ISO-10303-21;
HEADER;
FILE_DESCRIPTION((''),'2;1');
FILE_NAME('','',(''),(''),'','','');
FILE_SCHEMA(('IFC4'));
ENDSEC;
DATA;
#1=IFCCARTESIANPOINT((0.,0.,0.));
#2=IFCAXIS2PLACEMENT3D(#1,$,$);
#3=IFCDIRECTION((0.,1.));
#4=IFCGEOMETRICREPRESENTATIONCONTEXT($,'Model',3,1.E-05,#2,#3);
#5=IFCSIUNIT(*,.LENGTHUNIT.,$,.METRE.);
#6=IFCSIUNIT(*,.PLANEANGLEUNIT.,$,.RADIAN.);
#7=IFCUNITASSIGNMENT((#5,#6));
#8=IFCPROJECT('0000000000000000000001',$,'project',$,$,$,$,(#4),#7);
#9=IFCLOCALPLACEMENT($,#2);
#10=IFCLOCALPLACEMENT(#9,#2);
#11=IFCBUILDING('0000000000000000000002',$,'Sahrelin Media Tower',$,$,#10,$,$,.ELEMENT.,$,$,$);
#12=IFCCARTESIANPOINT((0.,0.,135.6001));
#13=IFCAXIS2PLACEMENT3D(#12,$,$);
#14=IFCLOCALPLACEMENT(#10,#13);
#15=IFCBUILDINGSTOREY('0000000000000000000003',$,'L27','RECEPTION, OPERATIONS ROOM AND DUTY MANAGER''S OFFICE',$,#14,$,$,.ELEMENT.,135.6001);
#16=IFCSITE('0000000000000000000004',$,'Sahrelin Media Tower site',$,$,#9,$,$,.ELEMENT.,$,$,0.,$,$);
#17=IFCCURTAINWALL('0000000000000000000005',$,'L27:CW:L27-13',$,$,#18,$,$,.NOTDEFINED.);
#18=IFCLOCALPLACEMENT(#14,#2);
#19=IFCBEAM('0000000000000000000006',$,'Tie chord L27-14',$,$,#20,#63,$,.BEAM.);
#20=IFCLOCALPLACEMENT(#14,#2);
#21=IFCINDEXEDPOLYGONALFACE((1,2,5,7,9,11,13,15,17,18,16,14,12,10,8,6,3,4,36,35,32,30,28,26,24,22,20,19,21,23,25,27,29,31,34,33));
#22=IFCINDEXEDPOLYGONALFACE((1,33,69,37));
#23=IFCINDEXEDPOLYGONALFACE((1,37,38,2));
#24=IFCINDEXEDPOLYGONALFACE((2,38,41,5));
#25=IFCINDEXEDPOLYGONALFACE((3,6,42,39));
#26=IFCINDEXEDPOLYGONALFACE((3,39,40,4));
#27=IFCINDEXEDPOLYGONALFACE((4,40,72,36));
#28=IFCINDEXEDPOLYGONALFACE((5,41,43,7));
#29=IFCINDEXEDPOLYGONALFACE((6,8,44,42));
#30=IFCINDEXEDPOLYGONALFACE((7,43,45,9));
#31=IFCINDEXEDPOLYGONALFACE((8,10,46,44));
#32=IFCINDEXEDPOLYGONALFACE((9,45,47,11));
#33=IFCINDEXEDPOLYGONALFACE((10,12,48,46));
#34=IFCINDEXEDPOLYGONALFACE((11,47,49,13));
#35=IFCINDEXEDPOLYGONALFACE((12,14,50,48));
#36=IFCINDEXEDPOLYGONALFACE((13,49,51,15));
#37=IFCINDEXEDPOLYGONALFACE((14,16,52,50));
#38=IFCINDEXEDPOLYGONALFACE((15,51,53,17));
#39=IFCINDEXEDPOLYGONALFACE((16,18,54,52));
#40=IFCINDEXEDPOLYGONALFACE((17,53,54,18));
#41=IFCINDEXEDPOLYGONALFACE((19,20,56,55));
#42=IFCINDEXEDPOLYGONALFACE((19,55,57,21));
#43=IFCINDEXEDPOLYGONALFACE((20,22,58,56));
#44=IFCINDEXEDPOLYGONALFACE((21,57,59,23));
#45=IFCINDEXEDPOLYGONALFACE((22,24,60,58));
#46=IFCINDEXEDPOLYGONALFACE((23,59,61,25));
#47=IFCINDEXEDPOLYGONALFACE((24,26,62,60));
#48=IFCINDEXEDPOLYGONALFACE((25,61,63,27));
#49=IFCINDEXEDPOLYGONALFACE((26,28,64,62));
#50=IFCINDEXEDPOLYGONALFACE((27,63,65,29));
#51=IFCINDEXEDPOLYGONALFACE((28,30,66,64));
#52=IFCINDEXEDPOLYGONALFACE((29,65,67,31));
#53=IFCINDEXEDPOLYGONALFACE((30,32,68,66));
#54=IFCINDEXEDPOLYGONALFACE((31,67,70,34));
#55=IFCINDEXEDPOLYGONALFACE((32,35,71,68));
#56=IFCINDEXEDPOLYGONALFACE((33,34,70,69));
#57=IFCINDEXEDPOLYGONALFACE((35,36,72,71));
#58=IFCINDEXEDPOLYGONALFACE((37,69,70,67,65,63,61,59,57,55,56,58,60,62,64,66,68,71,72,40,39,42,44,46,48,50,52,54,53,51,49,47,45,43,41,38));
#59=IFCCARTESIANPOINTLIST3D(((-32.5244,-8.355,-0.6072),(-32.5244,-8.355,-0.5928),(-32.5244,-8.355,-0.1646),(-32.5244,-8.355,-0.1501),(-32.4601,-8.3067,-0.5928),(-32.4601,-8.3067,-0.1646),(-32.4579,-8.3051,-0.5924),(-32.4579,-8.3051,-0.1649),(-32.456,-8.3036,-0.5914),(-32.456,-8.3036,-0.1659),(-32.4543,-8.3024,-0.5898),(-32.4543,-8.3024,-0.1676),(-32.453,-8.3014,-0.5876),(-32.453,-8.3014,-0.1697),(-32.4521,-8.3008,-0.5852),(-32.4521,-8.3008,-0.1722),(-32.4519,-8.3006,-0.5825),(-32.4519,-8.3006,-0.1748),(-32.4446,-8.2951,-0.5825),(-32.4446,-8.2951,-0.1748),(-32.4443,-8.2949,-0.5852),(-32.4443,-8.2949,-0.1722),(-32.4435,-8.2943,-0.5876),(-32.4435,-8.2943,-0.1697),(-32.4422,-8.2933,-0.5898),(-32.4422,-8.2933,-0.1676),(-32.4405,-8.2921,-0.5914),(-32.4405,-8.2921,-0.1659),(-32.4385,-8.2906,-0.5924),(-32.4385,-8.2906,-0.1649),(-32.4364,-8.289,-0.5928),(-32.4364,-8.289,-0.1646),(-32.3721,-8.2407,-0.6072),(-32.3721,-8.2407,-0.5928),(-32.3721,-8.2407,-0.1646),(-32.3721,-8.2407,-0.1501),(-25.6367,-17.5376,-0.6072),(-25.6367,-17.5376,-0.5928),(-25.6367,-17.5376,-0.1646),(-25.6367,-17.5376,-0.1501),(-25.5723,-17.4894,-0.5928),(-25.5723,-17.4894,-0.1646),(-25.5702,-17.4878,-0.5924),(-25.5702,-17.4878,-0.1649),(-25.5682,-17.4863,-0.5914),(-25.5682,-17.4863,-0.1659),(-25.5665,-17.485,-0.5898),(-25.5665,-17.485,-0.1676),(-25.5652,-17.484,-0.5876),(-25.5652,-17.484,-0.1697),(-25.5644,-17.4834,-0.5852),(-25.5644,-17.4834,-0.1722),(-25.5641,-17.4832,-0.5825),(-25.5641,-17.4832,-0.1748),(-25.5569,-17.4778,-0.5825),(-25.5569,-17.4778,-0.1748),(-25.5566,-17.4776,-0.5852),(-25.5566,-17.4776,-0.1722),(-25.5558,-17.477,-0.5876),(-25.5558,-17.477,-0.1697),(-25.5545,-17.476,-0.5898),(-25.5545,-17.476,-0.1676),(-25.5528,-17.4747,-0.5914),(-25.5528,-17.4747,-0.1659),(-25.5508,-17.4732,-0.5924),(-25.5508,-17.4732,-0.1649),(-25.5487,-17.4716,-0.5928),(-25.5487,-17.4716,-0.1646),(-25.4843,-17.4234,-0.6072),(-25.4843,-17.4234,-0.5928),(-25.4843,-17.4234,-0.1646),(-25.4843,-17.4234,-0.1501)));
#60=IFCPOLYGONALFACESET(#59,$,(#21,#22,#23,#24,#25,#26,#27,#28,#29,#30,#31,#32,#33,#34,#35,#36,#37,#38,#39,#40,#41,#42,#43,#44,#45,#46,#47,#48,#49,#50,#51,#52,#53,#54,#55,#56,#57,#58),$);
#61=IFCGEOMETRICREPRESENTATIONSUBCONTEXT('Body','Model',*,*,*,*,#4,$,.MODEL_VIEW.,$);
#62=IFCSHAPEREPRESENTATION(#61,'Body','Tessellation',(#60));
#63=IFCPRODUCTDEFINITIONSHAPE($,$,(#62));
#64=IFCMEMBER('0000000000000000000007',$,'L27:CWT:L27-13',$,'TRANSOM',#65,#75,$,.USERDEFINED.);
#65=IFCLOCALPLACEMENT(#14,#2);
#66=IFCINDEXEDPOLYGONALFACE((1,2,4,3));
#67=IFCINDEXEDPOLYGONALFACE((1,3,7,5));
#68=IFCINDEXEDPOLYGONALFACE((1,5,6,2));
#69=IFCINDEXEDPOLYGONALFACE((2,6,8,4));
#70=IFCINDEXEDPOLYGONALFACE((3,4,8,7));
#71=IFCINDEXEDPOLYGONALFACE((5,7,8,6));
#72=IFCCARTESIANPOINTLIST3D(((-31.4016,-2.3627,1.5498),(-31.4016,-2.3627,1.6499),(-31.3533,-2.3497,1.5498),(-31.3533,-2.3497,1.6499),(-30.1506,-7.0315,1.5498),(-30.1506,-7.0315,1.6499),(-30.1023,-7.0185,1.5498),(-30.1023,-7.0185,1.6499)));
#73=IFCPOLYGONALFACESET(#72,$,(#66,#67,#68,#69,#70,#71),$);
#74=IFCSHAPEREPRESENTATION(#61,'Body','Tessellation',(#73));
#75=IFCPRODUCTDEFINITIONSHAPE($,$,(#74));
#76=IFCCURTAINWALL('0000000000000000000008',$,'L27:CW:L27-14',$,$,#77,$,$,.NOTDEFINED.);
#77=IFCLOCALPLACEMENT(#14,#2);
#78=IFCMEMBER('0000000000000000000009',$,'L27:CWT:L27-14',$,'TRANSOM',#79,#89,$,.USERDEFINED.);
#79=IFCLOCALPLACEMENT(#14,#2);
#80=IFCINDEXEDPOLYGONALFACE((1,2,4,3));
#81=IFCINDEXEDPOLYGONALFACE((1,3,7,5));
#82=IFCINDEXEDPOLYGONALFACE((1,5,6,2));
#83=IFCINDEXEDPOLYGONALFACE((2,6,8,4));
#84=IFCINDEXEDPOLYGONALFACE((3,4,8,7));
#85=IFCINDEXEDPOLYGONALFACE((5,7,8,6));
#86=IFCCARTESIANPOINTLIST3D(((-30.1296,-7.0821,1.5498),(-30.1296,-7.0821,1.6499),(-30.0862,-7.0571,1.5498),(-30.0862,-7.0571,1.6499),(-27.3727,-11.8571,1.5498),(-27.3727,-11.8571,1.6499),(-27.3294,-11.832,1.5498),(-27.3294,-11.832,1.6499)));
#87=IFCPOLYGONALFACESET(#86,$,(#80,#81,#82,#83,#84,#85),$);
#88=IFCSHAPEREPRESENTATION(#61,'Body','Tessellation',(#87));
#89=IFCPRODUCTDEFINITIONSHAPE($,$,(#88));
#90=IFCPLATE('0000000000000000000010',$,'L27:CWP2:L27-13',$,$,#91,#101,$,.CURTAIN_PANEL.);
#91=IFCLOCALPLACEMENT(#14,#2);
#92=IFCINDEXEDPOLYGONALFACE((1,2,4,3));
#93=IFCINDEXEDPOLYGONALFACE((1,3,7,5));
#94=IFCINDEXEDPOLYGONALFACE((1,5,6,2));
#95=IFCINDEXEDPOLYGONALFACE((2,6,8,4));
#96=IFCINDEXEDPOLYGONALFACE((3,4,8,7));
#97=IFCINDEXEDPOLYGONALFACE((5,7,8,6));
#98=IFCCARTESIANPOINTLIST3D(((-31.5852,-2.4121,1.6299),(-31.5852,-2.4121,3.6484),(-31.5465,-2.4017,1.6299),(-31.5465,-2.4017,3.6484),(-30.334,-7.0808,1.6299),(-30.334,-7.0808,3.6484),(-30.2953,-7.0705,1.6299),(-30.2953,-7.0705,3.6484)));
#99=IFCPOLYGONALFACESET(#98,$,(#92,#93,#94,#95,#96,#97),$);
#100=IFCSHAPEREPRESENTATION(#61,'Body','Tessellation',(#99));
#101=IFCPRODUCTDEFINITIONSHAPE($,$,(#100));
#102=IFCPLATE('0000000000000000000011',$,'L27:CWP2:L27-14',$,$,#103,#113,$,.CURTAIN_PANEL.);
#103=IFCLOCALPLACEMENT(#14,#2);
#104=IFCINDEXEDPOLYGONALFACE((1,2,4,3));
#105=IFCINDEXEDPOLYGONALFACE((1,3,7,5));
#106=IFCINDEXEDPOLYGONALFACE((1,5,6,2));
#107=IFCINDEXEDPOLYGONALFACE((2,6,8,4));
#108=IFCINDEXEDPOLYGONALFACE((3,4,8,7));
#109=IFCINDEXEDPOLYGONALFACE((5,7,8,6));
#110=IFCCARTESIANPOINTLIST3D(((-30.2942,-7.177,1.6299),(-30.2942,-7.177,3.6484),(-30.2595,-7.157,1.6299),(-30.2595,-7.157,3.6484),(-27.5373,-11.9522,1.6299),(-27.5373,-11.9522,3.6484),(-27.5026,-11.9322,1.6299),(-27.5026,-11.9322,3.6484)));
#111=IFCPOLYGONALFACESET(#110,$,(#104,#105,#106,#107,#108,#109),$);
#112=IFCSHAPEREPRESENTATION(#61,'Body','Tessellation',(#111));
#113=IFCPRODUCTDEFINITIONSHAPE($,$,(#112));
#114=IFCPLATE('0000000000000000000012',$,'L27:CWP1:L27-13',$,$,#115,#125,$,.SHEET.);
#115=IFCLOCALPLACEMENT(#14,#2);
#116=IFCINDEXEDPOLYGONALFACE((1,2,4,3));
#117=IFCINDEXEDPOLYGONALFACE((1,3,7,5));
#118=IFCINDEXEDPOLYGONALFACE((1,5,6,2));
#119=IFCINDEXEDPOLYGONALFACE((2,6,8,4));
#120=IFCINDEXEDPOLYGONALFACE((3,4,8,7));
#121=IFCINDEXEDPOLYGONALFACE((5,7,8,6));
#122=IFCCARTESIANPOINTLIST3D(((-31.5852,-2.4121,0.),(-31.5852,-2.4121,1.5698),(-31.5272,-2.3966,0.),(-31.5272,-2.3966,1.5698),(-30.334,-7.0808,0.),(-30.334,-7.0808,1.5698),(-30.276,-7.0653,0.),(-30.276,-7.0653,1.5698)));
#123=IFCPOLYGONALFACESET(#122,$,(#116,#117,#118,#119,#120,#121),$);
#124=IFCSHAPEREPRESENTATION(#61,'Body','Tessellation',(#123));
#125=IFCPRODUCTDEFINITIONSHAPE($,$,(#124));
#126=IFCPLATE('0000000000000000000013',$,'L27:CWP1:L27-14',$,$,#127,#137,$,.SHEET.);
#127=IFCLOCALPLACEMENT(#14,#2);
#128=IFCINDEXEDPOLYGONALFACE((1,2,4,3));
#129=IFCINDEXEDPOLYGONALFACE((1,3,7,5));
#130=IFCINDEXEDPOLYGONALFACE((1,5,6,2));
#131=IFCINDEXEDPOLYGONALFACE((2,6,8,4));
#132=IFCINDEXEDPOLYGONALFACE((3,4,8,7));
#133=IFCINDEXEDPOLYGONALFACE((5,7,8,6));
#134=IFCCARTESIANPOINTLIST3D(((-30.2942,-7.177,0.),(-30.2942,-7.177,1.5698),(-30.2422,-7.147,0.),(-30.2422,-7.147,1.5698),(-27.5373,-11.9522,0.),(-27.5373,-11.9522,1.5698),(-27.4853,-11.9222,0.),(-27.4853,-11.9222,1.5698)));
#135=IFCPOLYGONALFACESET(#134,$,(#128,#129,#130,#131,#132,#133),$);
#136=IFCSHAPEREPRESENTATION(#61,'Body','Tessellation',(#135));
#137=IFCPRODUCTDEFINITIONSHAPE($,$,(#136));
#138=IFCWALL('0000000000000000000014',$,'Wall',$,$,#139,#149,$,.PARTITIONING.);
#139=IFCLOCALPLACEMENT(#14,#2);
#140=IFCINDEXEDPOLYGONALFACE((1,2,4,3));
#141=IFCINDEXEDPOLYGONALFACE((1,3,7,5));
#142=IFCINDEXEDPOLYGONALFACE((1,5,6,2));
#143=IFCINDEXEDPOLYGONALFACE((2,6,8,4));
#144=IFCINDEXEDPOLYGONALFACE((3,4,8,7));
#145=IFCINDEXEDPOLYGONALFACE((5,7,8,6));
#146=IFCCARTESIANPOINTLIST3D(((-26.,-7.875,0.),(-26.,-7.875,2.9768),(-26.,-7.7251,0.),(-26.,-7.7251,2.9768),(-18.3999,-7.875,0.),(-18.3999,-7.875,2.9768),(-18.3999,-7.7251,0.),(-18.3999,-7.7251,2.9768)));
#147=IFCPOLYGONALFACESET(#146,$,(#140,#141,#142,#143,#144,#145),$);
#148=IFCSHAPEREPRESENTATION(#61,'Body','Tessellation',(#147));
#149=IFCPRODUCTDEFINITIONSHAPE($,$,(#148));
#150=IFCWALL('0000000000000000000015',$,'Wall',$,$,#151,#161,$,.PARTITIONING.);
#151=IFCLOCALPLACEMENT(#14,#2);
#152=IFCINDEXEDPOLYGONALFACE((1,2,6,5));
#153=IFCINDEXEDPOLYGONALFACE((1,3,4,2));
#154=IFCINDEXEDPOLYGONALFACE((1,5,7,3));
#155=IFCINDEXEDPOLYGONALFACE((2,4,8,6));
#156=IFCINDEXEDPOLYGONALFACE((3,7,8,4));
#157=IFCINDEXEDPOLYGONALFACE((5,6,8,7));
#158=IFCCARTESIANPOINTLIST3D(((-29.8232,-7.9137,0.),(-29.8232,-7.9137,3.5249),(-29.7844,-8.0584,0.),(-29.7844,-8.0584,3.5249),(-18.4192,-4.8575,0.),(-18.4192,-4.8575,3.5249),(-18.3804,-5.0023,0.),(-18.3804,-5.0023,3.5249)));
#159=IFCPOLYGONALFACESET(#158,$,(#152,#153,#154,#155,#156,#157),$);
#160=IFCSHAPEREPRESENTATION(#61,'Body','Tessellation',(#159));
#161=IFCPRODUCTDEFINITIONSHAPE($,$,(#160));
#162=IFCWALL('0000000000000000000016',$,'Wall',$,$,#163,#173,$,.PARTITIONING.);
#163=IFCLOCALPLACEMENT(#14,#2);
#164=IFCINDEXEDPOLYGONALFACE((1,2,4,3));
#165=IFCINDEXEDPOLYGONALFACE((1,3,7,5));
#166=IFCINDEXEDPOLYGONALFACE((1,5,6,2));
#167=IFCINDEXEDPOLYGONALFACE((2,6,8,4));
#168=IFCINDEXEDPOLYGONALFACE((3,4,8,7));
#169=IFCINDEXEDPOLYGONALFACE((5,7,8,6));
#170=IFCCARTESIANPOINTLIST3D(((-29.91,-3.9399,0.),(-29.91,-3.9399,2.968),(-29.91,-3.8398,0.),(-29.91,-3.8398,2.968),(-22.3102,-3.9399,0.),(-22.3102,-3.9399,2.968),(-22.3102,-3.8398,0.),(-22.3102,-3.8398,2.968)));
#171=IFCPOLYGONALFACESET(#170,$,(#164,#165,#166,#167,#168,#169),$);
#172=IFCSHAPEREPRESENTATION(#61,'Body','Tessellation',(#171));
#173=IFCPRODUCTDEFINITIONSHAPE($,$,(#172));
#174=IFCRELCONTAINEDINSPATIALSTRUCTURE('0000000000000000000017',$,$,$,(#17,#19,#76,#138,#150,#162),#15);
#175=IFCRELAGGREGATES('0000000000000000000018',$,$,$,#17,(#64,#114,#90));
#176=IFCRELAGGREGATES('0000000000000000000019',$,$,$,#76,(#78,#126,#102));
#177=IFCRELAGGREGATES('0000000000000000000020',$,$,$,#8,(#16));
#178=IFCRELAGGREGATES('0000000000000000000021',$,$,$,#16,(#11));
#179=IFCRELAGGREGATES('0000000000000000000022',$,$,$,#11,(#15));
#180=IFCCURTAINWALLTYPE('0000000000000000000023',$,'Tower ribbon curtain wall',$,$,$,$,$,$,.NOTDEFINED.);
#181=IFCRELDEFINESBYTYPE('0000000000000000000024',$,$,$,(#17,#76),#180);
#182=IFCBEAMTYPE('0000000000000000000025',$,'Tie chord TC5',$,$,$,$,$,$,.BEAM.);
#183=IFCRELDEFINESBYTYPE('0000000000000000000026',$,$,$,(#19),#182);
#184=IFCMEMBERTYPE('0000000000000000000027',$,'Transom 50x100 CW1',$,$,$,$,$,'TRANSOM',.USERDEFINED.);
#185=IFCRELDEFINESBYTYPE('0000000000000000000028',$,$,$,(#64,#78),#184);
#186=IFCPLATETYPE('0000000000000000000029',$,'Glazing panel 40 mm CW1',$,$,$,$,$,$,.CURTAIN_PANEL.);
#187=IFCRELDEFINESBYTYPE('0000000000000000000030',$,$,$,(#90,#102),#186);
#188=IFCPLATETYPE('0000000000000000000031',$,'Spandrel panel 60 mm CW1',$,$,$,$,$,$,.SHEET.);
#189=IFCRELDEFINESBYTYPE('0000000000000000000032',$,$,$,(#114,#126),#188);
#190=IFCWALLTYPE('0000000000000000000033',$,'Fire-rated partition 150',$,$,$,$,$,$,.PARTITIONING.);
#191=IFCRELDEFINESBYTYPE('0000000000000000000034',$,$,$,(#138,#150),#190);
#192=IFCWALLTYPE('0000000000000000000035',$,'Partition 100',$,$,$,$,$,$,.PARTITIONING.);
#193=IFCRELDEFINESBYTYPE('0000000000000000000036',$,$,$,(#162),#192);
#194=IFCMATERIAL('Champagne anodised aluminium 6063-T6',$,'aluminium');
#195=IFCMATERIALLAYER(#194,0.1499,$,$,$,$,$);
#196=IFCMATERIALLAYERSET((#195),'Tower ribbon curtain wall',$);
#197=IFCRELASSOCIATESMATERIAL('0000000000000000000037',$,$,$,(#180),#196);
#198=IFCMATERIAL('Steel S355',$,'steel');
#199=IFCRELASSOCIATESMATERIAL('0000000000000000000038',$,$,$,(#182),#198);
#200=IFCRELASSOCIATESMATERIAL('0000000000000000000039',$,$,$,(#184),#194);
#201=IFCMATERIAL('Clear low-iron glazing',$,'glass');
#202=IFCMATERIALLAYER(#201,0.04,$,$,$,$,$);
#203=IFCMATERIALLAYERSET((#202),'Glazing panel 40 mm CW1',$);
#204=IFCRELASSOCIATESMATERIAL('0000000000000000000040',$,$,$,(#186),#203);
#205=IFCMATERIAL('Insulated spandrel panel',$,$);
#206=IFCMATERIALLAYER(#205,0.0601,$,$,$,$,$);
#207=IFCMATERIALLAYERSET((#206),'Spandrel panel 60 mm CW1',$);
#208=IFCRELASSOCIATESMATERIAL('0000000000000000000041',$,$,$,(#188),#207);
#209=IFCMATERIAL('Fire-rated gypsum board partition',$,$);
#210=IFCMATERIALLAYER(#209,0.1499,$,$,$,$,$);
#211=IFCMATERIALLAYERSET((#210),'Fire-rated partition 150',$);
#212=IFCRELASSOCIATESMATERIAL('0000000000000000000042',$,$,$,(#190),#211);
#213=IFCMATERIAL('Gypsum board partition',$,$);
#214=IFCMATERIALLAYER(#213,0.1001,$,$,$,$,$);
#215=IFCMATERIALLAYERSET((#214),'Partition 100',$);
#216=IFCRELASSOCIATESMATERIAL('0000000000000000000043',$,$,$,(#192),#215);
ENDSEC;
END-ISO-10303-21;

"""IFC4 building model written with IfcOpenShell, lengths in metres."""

from ifc_helpers import new_model, si_unit, direction, frame, frame_2d, origin, origin_2d, place, context, subcontext, project, spatial, polyline, rectangle, i_section, outline, extrude, material, layer, layer_set, material_profile, profile_set, type_object, element, aggregate, save


model = new_model("IFC4")

# Units and contexts
model_context = context("Model", 3, precision=1e-05, world=origin(), true_north=direction((0.0, 1.0)))
body_context = subcontext(model_context, "Body", "Model", "MODEL_VIEW")
ifc_project = project(units=[si_unit("LENGTHUNIT", "METRE"), si_unit("PLANEANGLEUNIT", "RADIAN")], contexts=[model_context])

# Site, building, storey
site_placement = place(None, origin())
site = spatial("IfcSite", under=ifc_project, at=site_placement, Name="Sahrelin Media Tower site", CompositionType="ELEMENT", RefElevation=0.0)
building_placement = place(site_placement, origin())
building = spatial("IfcBuilding", under=site, at=building_placement, Name="Sahrelin Media Tower", CompositionType="ELEMENT")
storey_placement = place(building_placement, frame((0.0, 0.0, 135.6001)))
storey = spatial("IfcBuildingStorey", under=building, at=storey_placement, Name="L27", Description="RECEPTION, OPERATIONS ROOM AND DUTY MANAGER'S OFFICE", CompositionType="ELEMENT", Elevation=135.6001)

# Shared definitions
ifc_material_1 = material(Name="Steel S355", Category="steel")

# Curtain wall
ifc_material_2 = material(Name="Champagne anodised aluminium 6063-T6", Category="aluminium")
ifc_layer_1 = layer(ifc_material_2, 0.1499)
ifc_layer_set_1 = layer_set([ifc_layer_1], Name="Tower ribbon curtain wall")
curtain_wall_type = type_object("IfcCurtainWallType", Name="Tower ribbon curtain wall", PredefinedType="NOTDEFINED", material=ifc_layer_set_1)
curtain_wall_1_placement = place(storey_placement, frame((-30.9402, -4.7412, 0.0), z_axis=(0.0, 0.0, 1.0), x_axis=(1.0, 0.0, 0.0)))
curtain_wall_1 = element("IfcCurtainWall", 1, at=curtain_wall_1_placement, inside=storey, type_object=curtain_wall_type, Name="L27:CW:L27-13", PredefinedType="NOTDEFINED")

# Beam
ifc_material_profile_1 = material_profile(ifc_material_1, i_section(OverallWidth=0.1904, OverallDepth=0.457, WebThickness=0.009, FlangeThickness=0.0144, FilletRadius=0.0103, at=origin_2d()), Name="UB 457x191x74")
ifc_profile_set_1 = profile_set([ifc_material_profile_1], Name="Steel S355")
beam_type_1 = type_object("IfcBeamType", Name="Tie chord TC5", PredefinedType="BEAM", material=ifc_profile_set_1)
beam_1_placement = place(storey_placement, frame((-32.4482, -8.2979, -0.3787), z_axis=(0.600041, -0.799969, 0.0), x_axis=(0.799969, 0.600041, 0.0)))
element("IfcBeam", 2, at=beam_1_placement, inside=storey, type_object=beam_type_1, Name="Tie chord L27-14", PredefinedType="BEAM", context=body_context, shape_type="SweptSolid", body=[
    extrude(i_section(OverallWidth=0.1904, OverallDepth=0.457, WebThickness=0.009, FlangeThickness=0.0144, FilletRadius=0.0103, at=origin_2d()), origin(), (0.0, 0.0, 1.0), 11.4788),
])

# Member
ifc_material_profile_2 = material_profile(ifc_material_2, rectangle(XDim=0.05, YDim=0.1001, at=origin_2d()), Name="Transom 50x100")
ifc_profile_set_2 = profile_set([ifc_material_profile_2], Name="Champagne anodised aluminium 6063-T6")
member_type_1 = type_object("IfcMemberType", Name="Transom 50x100 CW1", ElementType="TRANSOM", PredefinedType="USERDEFINED", material=ifc_profile_set_2)
member_1_placement = place(storey_placement, frame((-31.3774, -2.3562, 1.5999), z_axis=(0.258819, -0.965926, 0.0), x_axis=(0.965926, 0.258819, 0.0)))
member_1 = element("IfcMember", 3, at=member_1_placement, type_object=member_type_1, Name="L27:CWT:L27-13", ObjectType="TRANSOM", PredefinedType="USERDEFINED", context=body_context, shape_type="SweptSolid", body=[
    extrude(rectangle(XDim=0.05, YDim=0.1001, at=origin_2d()), origin(), (0.0, 0.0, 1.0), 4.8335),
])

# Curtain wall, member
curtain_wall_2_placement = place(storey_placement, frame((-28.8984, -9.5547, 0.0), z_axis=(0.0, 0.0, 1.0), x_axis=(1.0, 0.0, 0.0)))
curtain_wall_2 = element("IfcCurtainWall", 4, at=curtain_wall_2_placement, inside=storey, type_object=curtain_wall_type, Name="L27:CW:L27-14", PredefinedType="NOTDEFINED")
member_2_placement = place(storey_placement, frame((-30.1079, -7.0696, 1.5999), z_axis=(0.500006, -0.866022, 0.0), x_axis=(0.866022, 0.500006, 0.0)))
member_2 = element("IfcMember", 5, at=member_2_placement, type_object=member_type_1, Name="L27:CWT:L27-14", ObjectType="TRANSOM", PredefinedType="USERDEFINED", context=body_context, shape_type="SweptSolid", body=[
    extrude(rectangle(XDim=0.05, YDim=0.1001, at=origin_2d()), origin(), (0.0, 0.0, 1.0), 5.5137),
])

# Plates
ifc_material_3 = material(Name="Clear low-iron glazing", Category="glass")
ifc_layer_2 = layer(ifc_material_3, 0.04)
ifc_layer_set_2 = layer_set([ifc_layer_2], Name="Glazing panel 40 mm CW1")
plate_type_1 = type_object("IfcPlateType", Name="Glazing panel 40 mm CW1", PredefinedType="CURTAIN_PANEL", material=ifc_layer_set_2)
plate_1_placement = place(storey_placement, frame((-31.5852, -2.4121, 1.6299), z_axis=(-0.965913, -0.258867, 0.0), x_axis=(0.258867, -0.965913, 0.0)))
plate_1 = element("IfcPlate", 6, at=plate_1_placement, type_object=plate_type_1, Name="L27:CWP2:L27-13", PredefinedType="CURTAIN_PANEL", context=body_context, shape_type="SweptSolid", body=[
    extrude(outline(polyline([(0.0, 0.0), (4.8335, 0.0), (4.8335, 2.0186), (0.0, 2.0186), (0.0, 0.0)])), origin(), (0.0, 0.0, -1.0), 0.04),
])
plate_2_placement = place(storey_placement, frame((-30.2942, -7.177, 1.6299), z_axis=(-0.866033, -0.499987, 0.0), x_axis=(0.499987, -0.866033, 0.0)))
plate_2 = element("IfcPlate", 7, at=plate_2_placement, type_object=plate_type_1, Name="L27:CWP2:L27-14", PredefinedType="CURTAIN_PANEL", context=body_context, shape_type="SweptSolid", body=[
    extrude(outline(polyline([(0.0, 0.0), (5.5139, 0.0), (5.5139, 2.0186), (0.0, 2.0186), (0.0, 0.0)])), origin(), (0.0, 0.0, -1.0), 0.04),
])
ifc_material_4 = material(Name="Insulated spandrel panel")
ifc_layer_3 = layer(ifc_material_4, 0.0601)
ifc_layer_set_3 = layer_set([ifc_layer_3], Name="Spandrel panel 60 mm CW1")
plate_type_2 = type_object("IfcPlateType", Name="Spandrel panel 60 mm CW1", PredefinedType="SHEET", material=ifc_layer_set_3)
plate_3_placement = place(storey_placement, frame((-31.5852, -2.4121, 0.0), z_axis=(-0.965913, -0.258867, 0.0), x_axis=(0.258867, -0.965913, 0.0)))
plate_3 = element("IfcPlate", 8, at=plate_3_placement, type_object=plate_type_2, Name="L27:CWP1:L27-13", PredefinedType="SHEET", context=body_context, shape_type="SweptSolid", body=[
    extrude(outline(polyline([(0.0, 0.0), (4.8335, 0.0), (4.8335, 1.5698), (0.0, 1.5698), (0.0, 0.0)])), origin(), (0.0, 0.0, -1.0), 0.0601),
])
aggregate(curtain_wall_1, [member_1, plate_3, plate_1])
plate_4_placement = place(storey_placement, frame((-30.2942, -7.177, 0.0), z_axis=(-0.866033, -0.499987, 0.0), x_axis=(0.499987, -0.866033, 0.0)))
plate_4 = element("IfcPlate", 9, at=plate_4_placement, type_object=plate_type_2, Name="L27:CWP1:L27-14", PredefinedType="SHEET", context=body_context, shape_type="SweptSolid", body=[
    extrude(outline(polyline([(0.0, 0.0), (5.5139, 0.0), (5.5139, 1.5698), (0.0, 1.5698), (0.0, 0.0)])), origin(), (0.0, 0.0, -1.0), 0.0601),
])
aggregate(curtain_wall_2, [member_2, plate_4, plate_2])

# Walls
ifc_material_5 = material(Name="Fire-rated gypsum board partition")
ifc_layer_4 = layer(ifc_material_5, 0.1499)
ifc_layer_set_4 = layer_set([ifc_layer_4], Name="Fire-rated partition 150")
wall_type_1 = type_object("IfcWallType", Name="Fire-rated partition 150", PredefinedType="PARTITIONING", material=ifc_layer_set_4)
wall_1_placement = place(storey_placement, frame((-26.0, -7.8, 0.0), z_axis=(0.0, 0.0, 1.0), x_axis=(1.0, 0.0, 0.0)))
element("IfcWall", 10, at=wall_1_placement, inside=storey, type_object=wall_type_1, Name="Wall", PredefinedType="PARTITIONING", context=body_context, shape_type="SweptSolid", body=[
    extrude(rectangle(XDim=7.6001, YDim=0.1499, at=frame_2d((3.8, 0.0))), origin(), (0.0, 0.0, 1.0), 2.9768),
])
wall_2_placement = place(storey_placement, frame((-29.804, -7.9861, 0.0), z_axis=(0.0, 0.0, 1.0), x_axis=(0.965916, 0.258854, 0.0)))
element("IfcWall", 11, at=wall_2_placement, inside=storey, type_object=wall_type_1, Name="Wall", PredefinedType="PARTITIONING", context=body_context, shape_type="SweptSolid", body=[
    extrude(rectangle(XDim=11.8064, YDim=0.1499, at=frame_2d((5.9033, 0.0))), origin(), (0.0, 0.0, 1.0), 3.5249),
])
ifc_material_6 = material(Name="Gypsum board partition")
ifc_layer_5 = layer(ifc_material_6, 0.1001)
ifc_layer_set_5 = layer_set([ifc_layer_5], Name="Partition 100")
wall_type_2 = type_object("IfcWallType", Name="Partition 100", PredefinedType="PARTITIONING", material=ifc_layer_set_5)
wall_3_placement = place(storey_placement, frame((-29.9099, -3.8899, 0.0), z_axis=(0.0, 0.0, 1.0), x_axis=(1.0, 0.0, 0.0)))
element("IfcWall", 12, at=wall_3_placement, inside=storey, type_object=wall_type_2, Name="Wall", PredefinedType="PARTITIONING", context=body_context, shape_type="SweptSolid", body=[
    extrude(rectangle(XDim=7.5999, YDim=0.1001, at=frame_2d((3.7998, 0.0))), origin(), (0.0, 0.0, 1.0), 2.968),
])

save(model, "model.ifc")
